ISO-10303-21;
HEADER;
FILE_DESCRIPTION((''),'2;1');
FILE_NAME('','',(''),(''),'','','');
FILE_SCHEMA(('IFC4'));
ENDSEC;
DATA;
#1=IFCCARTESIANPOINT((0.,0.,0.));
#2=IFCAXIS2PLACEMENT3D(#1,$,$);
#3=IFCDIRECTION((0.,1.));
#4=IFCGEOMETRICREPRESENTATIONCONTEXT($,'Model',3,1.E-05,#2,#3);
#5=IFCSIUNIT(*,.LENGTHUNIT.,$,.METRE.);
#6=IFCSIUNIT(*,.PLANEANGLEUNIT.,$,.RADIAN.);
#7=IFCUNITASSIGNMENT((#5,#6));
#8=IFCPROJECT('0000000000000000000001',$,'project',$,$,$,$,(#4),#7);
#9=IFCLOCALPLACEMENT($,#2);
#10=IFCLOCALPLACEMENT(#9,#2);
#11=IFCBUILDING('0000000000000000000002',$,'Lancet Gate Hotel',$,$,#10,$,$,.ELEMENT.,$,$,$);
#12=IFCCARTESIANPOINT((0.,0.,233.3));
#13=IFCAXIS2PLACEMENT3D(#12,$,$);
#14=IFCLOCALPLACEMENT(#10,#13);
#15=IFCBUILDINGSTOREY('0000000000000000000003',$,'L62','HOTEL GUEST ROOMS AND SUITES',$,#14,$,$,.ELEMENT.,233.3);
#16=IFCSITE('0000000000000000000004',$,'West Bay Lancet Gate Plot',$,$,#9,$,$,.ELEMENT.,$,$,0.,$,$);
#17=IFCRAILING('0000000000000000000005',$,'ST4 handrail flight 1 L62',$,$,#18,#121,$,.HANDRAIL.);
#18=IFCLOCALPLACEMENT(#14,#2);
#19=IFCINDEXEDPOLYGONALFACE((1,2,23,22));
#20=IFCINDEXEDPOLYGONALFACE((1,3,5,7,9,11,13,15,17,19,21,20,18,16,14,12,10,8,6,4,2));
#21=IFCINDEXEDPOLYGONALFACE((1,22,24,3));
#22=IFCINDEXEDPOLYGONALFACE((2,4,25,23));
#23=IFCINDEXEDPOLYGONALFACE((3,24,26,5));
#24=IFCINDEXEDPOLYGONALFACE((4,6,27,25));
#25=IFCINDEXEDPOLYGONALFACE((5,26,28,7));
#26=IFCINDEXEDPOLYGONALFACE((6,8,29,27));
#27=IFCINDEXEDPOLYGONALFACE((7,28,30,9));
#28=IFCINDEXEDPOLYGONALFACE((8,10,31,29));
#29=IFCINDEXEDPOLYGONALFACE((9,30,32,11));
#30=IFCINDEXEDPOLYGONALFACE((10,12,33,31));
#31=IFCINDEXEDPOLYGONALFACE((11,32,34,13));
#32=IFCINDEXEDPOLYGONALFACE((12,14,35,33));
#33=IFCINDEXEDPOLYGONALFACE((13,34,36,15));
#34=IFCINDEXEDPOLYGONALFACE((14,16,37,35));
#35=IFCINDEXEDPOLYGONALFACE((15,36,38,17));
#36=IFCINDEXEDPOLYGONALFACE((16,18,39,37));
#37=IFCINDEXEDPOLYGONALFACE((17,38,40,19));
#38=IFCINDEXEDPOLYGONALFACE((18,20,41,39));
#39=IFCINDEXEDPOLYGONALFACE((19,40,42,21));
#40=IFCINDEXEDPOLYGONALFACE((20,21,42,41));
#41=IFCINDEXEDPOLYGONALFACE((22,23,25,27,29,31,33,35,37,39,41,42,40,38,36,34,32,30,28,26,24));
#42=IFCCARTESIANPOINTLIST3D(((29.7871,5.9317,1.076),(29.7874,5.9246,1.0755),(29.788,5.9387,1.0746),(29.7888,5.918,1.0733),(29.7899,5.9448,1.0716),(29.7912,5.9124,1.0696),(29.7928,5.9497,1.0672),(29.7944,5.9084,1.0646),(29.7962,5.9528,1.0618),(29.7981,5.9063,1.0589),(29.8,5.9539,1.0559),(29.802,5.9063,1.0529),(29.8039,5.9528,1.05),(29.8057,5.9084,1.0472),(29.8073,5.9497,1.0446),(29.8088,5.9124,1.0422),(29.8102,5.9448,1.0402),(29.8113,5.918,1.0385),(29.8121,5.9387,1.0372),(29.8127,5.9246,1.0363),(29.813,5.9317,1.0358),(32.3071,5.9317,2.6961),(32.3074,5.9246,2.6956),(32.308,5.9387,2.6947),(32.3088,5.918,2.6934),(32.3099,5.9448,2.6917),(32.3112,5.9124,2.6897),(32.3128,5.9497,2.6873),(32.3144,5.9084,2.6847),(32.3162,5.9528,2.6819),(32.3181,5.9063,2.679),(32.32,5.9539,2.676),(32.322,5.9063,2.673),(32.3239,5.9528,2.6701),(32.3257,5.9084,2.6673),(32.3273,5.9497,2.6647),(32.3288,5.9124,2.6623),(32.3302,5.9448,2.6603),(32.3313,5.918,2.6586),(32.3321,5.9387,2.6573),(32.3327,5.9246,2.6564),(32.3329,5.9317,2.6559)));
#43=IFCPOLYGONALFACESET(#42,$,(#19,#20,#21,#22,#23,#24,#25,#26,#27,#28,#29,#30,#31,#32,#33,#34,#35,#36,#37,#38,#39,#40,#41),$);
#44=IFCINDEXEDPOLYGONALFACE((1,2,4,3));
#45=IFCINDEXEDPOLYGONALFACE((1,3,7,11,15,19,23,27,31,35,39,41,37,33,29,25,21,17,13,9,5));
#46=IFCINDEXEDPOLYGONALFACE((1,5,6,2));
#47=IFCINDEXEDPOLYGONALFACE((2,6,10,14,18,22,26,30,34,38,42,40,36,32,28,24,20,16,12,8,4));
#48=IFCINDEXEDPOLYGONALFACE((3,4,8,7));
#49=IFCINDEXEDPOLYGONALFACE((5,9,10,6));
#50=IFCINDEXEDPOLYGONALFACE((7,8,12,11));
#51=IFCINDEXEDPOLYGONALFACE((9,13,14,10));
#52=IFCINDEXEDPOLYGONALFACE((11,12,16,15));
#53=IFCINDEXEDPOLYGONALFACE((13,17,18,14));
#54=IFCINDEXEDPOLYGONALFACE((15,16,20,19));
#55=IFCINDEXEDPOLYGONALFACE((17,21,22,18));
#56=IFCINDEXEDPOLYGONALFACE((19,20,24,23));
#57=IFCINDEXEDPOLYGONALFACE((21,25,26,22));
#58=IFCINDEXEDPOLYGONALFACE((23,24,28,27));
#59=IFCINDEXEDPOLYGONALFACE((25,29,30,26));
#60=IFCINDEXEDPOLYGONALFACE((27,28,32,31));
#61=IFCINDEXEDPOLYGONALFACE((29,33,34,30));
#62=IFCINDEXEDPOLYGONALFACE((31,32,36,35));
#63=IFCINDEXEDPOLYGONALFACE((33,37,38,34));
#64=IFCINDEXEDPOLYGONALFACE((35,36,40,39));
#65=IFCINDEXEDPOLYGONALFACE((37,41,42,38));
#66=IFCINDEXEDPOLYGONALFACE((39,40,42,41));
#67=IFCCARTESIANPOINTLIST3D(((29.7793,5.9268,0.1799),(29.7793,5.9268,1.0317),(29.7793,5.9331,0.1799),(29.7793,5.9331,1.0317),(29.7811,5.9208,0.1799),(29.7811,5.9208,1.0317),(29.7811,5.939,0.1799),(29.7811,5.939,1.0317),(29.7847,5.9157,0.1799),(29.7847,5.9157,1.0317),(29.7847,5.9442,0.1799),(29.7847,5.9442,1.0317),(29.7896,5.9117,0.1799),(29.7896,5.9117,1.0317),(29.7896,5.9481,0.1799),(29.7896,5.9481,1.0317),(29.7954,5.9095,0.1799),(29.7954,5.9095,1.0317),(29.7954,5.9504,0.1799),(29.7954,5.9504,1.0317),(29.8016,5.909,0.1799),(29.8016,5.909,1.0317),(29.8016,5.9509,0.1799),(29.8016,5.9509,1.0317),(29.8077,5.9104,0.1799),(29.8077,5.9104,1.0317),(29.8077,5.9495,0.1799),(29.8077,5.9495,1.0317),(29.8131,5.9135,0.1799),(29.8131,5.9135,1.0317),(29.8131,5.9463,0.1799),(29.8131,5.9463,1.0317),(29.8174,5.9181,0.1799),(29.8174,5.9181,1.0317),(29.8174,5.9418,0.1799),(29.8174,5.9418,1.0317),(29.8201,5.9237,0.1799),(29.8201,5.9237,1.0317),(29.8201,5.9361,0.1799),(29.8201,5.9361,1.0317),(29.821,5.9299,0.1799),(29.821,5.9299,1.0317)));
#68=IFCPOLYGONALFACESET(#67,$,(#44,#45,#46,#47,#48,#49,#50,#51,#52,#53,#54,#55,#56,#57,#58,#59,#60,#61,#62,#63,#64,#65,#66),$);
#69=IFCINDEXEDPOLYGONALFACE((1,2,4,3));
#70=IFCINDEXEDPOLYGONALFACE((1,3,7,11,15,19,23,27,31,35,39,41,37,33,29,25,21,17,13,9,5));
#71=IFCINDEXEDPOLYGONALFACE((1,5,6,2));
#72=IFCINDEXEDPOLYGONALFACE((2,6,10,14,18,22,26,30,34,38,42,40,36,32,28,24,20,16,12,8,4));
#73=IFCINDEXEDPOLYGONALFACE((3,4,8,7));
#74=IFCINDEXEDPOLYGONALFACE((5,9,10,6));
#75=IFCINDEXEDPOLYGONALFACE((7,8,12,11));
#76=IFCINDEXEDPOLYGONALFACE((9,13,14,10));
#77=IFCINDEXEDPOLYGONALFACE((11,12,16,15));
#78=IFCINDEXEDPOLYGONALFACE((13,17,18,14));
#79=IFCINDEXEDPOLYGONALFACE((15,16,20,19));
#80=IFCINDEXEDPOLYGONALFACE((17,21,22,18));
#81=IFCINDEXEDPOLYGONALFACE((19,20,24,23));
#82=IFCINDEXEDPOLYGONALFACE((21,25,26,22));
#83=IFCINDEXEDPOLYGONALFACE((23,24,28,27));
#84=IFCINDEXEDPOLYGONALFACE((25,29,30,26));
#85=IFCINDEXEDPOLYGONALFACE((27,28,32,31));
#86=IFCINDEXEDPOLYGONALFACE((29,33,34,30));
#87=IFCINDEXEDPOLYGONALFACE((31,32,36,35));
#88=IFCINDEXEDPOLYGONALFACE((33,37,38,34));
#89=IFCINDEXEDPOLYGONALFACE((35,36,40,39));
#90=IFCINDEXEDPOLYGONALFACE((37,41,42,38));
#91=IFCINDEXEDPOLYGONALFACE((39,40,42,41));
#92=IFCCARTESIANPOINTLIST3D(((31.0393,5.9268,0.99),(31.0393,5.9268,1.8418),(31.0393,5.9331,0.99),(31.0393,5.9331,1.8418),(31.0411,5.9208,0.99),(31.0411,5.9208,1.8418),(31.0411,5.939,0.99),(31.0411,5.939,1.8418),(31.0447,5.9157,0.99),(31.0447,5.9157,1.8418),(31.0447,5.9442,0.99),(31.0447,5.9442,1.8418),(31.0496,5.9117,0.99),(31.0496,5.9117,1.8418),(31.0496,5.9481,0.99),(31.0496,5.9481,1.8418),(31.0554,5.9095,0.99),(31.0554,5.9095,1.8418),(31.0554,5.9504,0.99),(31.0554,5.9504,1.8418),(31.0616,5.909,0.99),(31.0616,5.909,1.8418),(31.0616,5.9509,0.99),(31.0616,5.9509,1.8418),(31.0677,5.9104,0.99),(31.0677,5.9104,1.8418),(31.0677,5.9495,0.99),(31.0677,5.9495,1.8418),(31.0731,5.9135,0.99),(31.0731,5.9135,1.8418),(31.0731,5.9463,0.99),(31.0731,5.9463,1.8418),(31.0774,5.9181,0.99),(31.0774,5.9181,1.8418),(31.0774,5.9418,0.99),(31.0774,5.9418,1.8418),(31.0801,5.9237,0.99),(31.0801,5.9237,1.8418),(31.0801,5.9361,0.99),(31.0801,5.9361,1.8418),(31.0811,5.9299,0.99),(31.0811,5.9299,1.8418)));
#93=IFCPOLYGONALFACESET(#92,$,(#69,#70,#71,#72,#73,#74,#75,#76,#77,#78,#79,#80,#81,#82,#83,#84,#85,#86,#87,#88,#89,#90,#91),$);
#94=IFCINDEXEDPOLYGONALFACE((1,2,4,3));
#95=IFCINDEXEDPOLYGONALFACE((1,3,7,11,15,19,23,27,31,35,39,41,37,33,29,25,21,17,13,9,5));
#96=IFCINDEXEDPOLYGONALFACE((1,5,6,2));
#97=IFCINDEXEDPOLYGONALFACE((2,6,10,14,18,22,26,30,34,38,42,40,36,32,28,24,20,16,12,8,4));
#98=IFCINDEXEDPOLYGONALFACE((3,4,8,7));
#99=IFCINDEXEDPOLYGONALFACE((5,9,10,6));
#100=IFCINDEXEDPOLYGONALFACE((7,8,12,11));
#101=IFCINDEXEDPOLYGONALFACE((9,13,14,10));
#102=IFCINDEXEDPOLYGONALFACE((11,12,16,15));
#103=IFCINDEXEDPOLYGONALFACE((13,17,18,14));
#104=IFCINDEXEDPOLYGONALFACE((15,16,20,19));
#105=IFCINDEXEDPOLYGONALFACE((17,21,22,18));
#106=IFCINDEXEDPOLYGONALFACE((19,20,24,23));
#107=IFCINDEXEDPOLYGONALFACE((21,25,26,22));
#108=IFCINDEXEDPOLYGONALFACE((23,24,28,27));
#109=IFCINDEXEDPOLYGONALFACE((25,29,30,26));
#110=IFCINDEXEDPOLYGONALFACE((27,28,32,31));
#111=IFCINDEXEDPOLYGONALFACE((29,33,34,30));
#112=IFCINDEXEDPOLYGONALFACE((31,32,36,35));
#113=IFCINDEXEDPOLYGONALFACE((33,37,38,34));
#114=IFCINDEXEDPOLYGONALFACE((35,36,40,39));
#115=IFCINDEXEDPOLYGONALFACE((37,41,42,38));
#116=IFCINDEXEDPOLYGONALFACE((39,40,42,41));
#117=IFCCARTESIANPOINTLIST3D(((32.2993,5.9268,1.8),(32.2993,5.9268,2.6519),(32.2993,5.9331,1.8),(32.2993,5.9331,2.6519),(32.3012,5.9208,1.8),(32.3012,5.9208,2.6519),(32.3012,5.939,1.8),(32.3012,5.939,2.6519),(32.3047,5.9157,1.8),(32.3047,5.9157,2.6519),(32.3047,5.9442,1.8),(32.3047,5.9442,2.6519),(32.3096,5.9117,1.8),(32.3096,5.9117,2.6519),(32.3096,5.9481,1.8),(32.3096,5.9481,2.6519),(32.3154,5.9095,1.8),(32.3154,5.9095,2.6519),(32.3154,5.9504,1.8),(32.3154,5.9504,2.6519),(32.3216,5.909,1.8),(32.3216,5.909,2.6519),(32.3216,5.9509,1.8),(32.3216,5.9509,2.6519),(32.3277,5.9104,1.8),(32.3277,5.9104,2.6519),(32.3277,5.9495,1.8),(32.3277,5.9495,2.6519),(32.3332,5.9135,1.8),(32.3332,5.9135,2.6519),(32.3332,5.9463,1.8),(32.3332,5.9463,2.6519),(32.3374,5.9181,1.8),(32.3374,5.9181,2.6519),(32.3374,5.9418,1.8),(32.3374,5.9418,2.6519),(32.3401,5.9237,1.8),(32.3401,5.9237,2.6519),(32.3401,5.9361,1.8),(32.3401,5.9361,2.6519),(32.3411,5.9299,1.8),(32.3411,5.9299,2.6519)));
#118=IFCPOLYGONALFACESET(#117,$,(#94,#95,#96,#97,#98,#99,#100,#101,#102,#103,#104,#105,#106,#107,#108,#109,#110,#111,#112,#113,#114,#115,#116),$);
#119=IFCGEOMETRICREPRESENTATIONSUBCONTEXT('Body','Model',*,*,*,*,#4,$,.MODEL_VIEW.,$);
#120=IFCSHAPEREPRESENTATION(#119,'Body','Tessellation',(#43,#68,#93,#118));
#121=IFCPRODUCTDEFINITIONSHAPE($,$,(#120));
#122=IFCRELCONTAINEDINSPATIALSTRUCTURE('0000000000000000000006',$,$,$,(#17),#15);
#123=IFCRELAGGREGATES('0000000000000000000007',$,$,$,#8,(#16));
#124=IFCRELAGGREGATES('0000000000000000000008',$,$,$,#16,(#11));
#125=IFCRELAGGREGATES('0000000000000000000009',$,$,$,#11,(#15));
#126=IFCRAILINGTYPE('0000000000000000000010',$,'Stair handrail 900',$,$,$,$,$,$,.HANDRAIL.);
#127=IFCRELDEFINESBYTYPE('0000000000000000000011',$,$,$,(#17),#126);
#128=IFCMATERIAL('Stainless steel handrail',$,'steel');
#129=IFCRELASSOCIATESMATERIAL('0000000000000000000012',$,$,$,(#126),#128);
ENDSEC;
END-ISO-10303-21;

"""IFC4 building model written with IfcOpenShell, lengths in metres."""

from ifc_helpers import new_model, si_unit, direction, frame, origin, origin_2d, place, context, subcontext, project, spatial, circle, extrude, material, type_object, element, save


model = new_model("IFC4")

# Units and contexts
model_context = context("Model", 3, precision=1e-05, world=origin(), true_north=direction((0.0, 1.0)))
body_context = subcontext(model_context, "Body", "Model", "MODEL_VIEW")
ifc_project = project(units=[si_unit("LENGTHUNIT", "METRE"), si_unit("PLANEANGLEUNIT", "RADIAN")], contexts=[model_context])

# Site, building, storey
site_placement = place(None, origin())
site = spatial("IfcSite", under=ifc_project, at=site_placement, Name="West Bay Lancet Gate Plot", CompositionType="ELEMENT", RefElevation=0.0)
building_placement = place(site_placement, origin())
building = spatial("IfcBuilding", under=site, at=building_placement, Name="Lancet Gate Hotel", CompositionType="ELEMENT")
storey_placement = place(building_placement, frame((0.0, 0.0, 233.3)))
storey = spatial("IfcBuildingStorey", under=building, at=storey_placement, Name="L62", Description="HOTEL GUEST ROOMS AND SUITES", CompositionType="ELEMENT", Elevation=233.3)

# Railing
ifc_material_1 = material(Name="Stainless steel handrail", Category="steel")
railing_type = type_object("IfcRailingType", Name="Stair handrail 900", PredefinedType="HANDRAIL", material=ifc_material_1)
railing_1_placement = place(storey_placement, frame((29.8, 5.9299, 0.1799)))
element("IfcRailing", 1, at=railing_1_placement, inside=storey, type_object=railing_type, Name="ST4 handrail flight 1 L62", PredefinedType="HANDRAIL", context=body_context, shape_type="SweptSolid", body=[
    extrude(circle(Radius=0.0239, at=origin_2d()), frame((0.0, 0.0, 0.876), z_axis=(0.841163, 0.0, 0.540782), x_axis=(0.0, 1.0, 0.0)), (0.0, 0.0, 1.0), 2.9958),
    extrude(circle(Radius=0.021, at=origin_2d()), origin(), (0.0, 0.0, 1.0), 0.8518),
    extrude(circle(Radius=0.021, at=origin_2d()), frame((1.26, 0.0, 0.8101)), (0.0, 0.0, 1.0), 0.8518),
    extrude(circle(Radius=0.021, at=origin_2d()), frame((2.52, 0.0, 1.6201)), (0.0, 0.0, 1.0), 0.8518),
])

save(model, "model.ifc")
